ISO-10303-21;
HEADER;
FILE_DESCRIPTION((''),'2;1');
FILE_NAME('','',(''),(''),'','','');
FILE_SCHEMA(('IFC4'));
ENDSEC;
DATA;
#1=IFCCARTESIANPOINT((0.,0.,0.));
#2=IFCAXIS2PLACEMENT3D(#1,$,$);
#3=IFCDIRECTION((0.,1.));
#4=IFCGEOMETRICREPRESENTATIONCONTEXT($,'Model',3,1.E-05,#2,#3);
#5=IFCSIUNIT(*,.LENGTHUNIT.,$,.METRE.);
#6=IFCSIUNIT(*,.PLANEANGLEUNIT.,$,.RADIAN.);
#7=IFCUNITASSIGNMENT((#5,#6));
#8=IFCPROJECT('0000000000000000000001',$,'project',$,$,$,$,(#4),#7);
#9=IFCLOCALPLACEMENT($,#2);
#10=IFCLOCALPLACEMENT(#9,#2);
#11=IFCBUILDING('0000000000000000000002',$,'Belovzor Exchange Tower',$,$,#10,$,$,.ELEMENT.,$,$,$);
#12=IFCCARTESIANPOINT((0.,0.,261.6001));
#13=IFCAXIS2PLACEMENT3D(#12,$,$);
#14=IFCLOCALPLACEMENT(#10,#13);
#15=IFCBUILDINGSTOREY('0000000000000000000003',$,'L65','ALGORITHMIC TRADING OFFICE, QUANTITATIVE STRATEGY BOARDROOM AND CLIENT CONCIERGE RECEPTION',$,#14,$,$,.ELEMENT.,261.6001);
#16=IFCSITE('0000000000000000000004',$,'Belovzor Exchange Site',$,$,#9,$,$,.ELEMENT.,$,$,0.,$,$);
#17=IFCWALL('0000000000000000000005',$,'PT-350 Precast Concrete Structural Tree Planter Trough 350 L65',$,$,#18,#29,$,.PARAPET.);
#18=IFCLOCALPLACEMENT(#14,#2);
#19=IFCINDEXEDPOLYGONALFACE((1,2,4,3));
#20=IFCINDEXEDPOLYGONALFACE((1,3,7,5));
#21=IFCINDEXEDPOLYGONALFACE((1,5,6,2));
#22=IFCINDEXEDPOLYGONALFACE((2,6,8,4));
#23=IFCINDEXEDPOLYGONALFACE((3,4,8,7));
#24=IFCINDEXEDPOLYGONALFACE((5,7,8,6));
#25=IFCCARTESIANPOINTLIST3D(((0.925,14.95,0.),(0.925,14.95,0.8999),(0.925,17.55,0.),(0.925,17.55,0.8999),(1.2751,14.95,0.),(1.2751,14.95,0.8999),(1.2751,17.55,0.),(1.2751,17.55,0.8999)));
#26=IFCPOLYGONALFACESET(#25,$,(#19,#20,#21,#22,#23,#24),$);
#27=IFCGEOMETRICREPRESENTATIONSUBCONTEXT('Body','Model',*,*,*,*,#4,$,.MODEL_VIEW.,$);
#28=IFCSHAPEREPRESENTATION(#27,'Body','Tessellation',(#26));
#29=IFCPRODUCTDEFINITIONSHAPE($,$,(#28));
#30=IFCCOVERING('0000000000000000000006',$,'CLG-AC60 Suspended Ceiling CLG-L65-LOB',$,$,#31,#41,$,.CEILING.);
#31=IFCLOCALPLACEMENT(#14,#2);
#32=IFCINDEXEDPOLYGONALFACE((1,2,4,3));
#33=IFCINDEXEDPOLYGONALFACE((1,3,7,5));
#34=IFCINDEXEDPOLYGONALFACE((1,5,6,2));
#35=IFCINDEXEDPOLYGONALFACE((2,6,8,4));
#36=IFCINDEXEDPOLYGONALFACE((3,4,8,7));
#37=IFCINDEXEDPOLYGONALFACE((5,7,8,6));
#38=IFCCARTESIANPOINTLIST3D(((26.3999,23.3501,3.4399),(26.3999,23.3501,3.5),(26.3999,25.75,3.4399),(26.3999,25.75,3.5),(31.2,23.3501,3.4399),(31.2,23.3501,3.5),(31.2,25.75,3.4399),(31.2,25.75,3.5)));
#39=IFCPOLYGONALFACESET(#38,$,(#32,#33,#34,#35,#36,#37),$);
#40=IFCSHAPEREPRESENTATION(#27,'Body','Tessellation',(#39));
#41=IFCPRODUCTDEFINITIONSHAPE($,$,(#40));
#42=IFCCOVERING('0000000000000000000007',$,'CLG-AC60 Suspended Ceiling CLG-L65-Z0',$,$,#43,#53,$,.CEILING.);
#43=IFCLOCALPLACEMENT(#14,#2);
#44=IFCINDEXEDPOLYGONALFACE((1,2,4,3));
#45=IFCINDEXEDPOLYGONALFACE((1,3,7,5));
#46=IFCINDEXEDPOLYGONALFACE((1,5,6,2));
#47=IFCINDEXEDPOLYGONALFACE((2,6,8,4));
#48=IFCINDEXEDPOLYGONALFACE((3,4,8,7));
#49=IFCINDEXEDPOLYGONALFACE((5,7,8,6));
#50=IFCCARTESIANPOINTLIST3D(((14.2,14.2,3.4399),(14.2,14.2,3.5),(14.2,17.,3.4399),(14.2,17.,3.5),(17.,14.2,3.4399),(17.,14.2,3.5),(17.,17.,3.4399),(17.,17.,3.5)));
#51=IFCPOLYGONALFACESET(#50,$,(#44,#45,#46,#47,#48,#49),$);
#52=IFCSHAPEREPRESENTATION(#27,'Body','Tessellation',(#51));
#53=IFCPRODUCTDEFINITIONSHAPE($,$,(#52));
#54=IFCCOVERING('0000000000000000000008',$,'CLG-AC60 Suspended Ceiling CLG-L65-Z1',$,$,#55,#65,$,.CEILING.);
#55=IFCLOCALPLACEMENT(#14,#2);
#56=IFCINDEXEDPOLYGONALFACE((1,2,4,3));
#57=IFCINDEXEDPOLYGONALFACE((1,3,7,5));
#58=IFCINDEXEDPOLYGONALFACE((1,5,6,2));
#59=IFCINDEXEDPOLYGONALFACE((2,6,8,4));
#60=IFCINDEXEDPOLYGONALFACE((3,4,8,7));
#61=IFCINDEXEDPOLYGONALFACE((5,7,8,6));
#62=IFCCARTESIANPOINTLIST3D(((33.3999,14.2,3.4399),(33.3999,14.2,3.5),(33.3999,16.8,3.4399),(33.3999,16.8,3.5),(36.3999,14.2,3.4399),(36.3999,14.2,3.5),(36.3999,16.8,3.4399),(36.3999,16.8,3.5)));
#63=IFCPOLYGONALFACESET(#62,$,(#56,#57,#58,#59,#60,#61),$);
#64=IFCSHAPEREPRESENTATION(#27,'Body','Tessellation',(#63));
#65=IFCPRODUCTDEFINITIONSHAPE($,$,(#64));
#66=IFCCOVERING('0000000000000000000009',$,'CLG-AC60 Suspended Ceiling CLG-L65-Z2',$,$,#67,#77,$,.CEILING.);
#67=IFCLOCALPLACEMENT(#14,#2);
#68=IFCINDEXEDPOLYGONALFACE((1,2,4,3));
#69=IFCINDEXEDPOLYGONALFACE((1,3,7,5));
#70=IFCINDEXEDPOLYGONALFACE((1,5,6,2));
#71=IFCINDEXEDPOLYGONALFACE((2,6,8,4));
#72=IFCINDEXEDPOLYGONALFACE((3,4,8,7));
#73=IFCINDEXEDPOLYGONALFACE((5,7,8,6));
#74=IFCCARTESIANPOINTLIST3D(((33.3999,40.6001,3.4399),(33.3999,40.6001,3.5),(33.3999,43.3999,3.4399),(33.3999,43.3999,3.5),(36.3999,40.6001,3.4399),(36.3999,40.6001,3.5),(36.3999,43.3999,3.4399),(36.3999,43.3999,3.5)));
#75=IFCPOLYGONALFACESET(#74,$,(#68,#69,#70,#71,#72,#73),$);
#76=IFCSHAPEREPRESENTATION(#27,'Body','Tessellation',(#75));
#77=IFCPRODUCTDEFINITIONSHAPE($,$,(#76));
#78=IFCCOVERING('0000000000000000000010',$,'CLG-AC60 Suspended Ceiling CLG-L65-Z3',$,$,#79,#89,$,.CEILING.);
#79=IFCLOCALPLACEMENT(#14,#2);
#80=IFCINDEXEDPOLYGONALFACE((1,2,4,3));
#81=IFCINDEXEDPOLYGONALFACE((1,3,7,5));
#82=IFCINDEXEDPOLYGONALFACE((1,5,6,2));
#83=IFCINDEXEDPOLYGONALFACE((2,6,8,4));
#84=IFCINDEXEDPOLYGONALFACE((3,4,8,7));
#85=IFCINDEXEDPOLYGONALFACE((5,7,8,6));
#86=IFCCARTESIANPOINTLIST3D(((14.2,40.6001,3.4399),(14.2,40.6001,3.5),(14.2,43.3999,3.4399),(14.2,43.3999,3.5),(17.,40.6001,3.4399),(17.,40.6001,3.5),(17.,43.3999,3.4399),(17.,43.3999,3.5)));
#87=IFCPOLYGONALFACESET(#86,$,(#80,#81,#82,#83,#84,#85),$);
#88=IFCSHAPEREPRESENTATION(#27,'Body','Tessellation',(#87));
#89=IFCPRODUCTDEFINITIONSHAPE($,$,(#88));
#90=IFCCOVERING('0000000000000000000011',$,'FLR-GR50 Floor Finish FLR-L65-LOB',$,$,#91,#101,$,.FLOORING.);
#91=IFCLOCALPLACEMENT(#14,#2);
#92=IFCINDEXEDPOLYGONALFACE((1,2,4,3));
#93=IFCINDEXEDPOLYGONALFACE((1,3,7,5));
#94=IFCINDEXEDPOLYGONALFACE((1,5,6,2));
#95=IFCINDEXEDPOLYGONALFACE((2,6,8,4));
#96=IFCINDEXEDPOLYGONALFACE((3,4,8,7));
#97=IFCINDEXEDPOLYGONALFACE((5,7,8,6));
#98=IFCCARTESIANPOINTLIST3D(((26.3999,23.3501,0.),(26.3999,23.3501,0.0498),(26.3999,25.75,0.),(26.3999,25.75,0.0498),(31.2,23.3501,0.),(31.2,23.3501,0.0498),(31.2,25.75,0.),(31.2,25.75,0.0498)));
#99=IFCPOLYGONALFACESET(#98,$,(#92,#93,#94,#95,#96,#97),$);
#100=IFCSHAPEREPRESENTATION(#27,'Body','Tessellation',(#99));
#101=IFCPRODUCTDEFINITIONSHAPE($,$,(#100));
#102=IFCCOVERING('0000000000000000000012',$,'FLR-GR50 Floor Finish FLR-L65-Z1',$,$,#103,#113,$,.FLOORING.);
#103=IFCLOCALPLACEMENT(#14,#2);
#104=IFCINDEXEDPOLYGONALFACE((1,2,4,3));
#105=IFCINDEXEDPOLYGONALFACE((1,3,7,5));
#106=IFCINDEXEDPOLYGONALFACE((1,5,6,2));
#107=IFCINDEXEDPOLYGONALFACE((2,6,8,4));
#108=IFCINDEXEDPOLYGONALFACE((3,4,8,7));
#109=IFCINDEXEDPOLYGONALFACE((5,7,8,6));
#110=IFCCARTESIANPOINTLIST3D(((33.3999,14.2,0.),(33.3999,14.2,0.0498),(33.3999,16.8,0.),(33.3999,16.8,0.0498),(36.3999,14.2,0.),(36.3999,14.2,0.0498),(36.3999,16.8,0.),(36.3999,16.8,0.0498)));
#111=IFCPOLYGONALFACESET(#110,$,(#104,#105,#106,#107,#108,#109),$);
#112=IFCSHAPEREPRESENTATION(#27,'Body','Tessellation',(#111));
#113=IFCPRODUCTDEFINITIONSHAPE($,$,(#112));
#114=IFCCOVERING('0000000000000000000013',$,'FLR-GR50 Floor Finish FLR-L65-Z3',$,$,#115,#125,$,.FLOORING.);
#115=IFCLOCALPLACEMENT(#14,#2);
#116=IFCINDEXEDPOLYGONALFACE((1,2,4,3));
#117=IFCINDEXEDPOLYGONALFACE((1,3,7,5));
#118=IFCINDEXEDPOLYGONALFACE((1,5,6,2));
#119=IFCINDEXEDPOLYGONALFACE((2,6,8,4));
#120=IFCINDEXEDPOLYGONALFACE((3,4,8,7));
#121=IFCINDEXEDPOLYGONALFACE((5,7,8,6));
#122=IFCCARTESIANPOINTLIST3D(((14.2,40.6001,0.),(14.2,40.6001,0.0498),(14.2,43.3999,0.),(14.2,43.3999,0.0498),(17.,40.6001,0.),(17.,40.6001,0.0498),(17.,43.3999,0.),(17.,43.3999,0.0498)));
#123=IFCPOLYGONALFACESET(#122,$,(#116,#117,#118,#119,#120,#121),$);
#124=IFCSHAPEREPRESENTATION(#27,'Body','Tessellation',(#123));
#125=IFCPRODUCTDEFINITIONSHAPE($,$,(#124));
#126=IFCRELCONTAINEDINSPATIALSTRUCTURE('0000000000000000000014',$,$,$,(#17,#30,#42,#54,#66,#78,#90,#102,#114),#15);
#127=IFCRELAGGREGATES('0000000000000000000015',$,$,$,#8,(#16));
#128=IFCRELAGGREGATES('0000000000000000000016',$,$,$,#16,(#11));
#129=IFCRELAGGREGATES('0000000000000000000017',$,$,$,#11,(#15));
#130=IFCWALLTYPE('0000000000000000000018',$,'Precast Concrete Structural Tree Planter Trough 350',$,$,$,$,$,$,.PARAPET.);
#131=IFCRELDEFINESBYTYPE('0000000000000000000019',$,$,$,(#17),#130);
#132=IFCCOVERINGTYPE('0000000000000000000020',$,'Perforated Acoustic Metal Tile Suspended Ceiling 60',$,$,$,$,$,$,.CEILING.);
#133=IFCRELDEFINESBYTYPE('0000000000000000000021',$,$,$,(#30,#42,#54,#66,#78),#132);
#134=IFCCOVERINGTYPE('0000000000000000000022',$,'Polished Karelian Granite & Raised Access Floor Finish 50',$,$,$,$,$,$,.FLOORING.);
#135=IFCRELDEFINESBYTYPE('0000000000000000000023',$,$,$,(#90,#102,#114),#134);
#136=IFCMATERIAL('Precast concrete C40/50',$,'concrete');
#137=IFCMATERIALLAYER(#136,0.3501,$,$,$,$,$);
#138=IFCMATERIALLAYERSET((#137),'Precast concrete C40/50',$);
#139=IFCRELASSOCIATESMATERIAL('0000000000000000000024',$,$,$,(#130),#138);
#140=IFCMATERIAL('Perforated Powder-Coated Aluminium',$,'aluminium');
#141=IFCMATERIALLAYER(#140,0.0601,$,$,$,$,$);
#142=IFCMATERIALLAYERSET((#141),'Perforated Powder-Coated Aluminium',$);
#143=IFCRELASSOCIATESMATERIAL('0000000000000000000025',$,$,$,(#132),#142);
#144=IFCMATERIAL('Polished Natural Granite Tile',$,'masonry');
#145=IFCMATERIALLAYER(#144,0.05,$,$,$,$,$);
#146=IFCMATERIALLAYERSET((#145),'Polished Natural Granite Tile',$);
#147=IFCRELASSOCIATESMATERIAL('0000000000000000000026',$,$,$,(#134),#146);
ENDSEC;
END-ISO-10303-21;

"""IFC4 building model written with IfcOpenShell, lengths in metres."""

from ifc_helpers import new_model, si_unit, direction, frame, frame_2d, origin, place, context, subcontext, project, spatial, polyline, rectangle, outline, extrude, material, layer, layer_set, type_object, element, save


model = new_model("IFC4")

# Units and contexts
model_context = context("Model", 3, precision=1e-05, world=origin(), true_north=direction((0.0, 1.0)))
body_context = subcontext(model_context, "Body", "Model", "MODEL_VIEW")
ifc_project = project(units=[si_unit("LENGTHUNIT", "METRE"), si_unit("PLANEANGLEUNIT", "RADIAN")], contexts=[model_context])

# Site, building, storey
site_placement = place(None, origin())
site = spatial("IfcSite", under=ifc_project, at=site_placement, Name="Belovzor Exchange Site", CompositionType="ELEMENT", RefElevation=0.0)
building_placement = place(site_placement, origin())
building = spatial("IfcBuilding", under=site, at=building_placement, Name="Belovzor Exchange Tower", CompositionType="ELEMENT")
storey_placement = place(building_placement, frame((0.0, 0.0, 261.6001)))
storey = spatial("IfcBuildingStorey", under=building, at=storey_placement, Name="L65", Description="ALGORITHMIC TRADING OFFICE, QUANTITATIVE STRATEGY BOARDROOM AND CLIENT CONCIERGE RECEPTION", CompositionType="ELEMENT", Elevation=261.6001)

# Wall
ifc_material_1 = material(Name="Precast concrete C40/50", Category="concrete")
ifc_layer_1 = layer(ifc_material_1, 0.3501)
ifc_layer_set_1 = layer_set([ifc_layer_1], Name="Precast concrete C40/50")
wall_type_1 = type_object("IfcWallType", Name="Precast Concrete Structural Tree Planter Trough 350", PredefinedType="PARAPET", material=ifc_layer_set_1)
wall_1_placement = place(storey_placement, frame((1.1001, 14.95, 0.0), z_axis=(0.0, 0.0, 1.0), x_axis=(0.0, 1.0, 0.0)))
element("IfcWall", 1, at=wall_1_placement, inside=storey, type_object=wall_type_1, Name="PT-350 Precast Concrete Structural Tree Planter Trough 350 L65", PredefinedType="PARAPET", context=body_context, shape_type="SweptSolid", body=[
    extrude(rectangle(XDim=2.6001, YDim=0.3501, at=frame_2d((1.3, 0.0))), origin(), (0.0, 0.0, 1.0), 0.8999),
])

# Coverings
ifc_material_2 = material(Name="Perforated Powder-Coated Aluminium", Category="aluminium")
ifc_layer_2 = layer(ifc_material_2, 0.0601)
ifc_layer_set_2 = layer_set([ifc_layer_2], Name="Perforated Powder-Coated Aluminium")
covering_type_1 = type_object("IfcCoveringType", Name="Perforated Acoustic Metal Tile Suspended Ceiling 60", PredefinedType="CEILING", material=ifc_layer_set_2)
covering_1_placement = place(storey_placement, frame((0.0, 0.0, 3.4399)))
element("IfcCovering", 2, at=covering_1_placement, inside=storey, type_object=covering_type_1, Name="CLG-AC60 Suspended Ceiling CLG-L65-LOB", PredefinedType="CEILING", context=body_context, shape_type="SweptSolid", body=[
    extrude(outline(polyline([(26.3999, 23.3501), (31.2, 23.3501), (31.2, 25.75), (26.3999, 25.75), (26.3999, 23.3501)])), origin(), (0.0, 0.0, 1.0), 0.0601),
])
covering_2_placement = place(storey_placement, frame((0.0, 0.0, 3.4399)))
element("IfcCovering", 3, at=covering_2_placement, inside=storey, type_object=covering_type_1, Name="CLG-AC60 Suspended Ceiling CLG-L65-Z0", PredefinedType="CEILING", context=body_context, shape_type="SweptSolid", body=[
    extrude(outline(polyline([(14.2, 14.2), (17.0, 14.2), (17.0, 17.0), (14.2, 17.0), (14.2, 14.2)])), origin(), (0.0, 0.0, 1.0), 0.0601),
])
covering_3_placement = place(storey_placement, frame((0.0, 0.0, 3.4399)))
element("IfcCovering", 4, at=covering_3_placement, inside=storey, type_object=covering_type_1, Name="CLG-AC60 Suspended Ceiling CLG-L65-Z1", PredefinedType="CEILING", context=body_context, shape_type="SweptSolid", body=[
    extrude(outline(polyline([(33.3999, 14.2), (36.3999, 14.2), (36.3999, 16.8), (33.3999, 16.8), (33.3999, 14.2)])), origin(), (0.0, 0.0, 1.0), 0.0601),
])
covering_4_placement = place(storey_placement, frame((0.0, 0.0, 3.4399)))
element("IfcCovering", 5, at=covering_4_placement, inside=storey, type_object=covering_type_1, Name="CLG-AC60 Suspended Ceiling CLG-L65-Z2", PredefinedType="CEILING", context=body_context, shape_type="SweptSolid", body=[
    extrude(outline(polyline([(33.3999, 40.6001), (36.3999, 40.6001), (36.3999, 43.3999), (33.3999, 43.3999), (33.3999, 40.6001)])), origin(), (0.0, 0.0, 1.0), 0.0601),
])
covering_5_placement = place(storey_placement, frame((0.0, 0.0, 3.4399)))
element("IfcCovering", 6, at=covering_5_placement, inside=storey, type_object=covering_type_1, Name="CLG-AC60 Suspended Ceiling CLG-L65-Z3", PredefinedType="CEILING", context=body_context, shape_type="SweptSolid", body=[
    extrude(outline(polyline([(14.2, 40.6001), (17.0, 40.6001), (17.0, 43.3999), (14.2, 43.3999), (14.2, 40.6001)])), origin(), (0.0, 0.0, 1.0), 0.0601),
])
ifc_material_3 = material(Name="Polished Natural Granite Tile", Category="masonry")
ifc_layer_3 = layer(ifc_material_3, 0.05)
ifc_layer_set_3 = layer_set([ifc_layer_3], Name="Polished Natural Granite Tile")
covering_type_2 = type_object("IfcCoveringType", Name="Polished Karelian Granite & Raised Access Floor Finish 50", PredefinedType="FLOORING", material=ifc_layer_set_3)
covering_6_placement = place(storey_placement, origin())
element("IfcCovering", 7, at=covering_6_placement, inside=storey, type_object=covering_type_2, Name="FLR-GR50 Floor Finish FLR-L65-LOB", PredefinedType="FLOORING", context=body_context, shape_type="SweptSolid", body=[
    extrude(outline(polyline([(26.3999, 23.3501), (31.2, 23.3501), (31.2, 25.75), (26.3999, 25.75), (26.3999, 23.3501)])), origin(), (0.0, 0.0, 1.0), 0.0498),
])
covering_7_placement = place(storey_placement, origin())
element("IfcCovering", 8, at=covering_7_placement, inside=storey, type_object=covering_type_2, Name="FLR-GR50 Floor Finish FLR-L65-Z1", PredefinedType="FLOORING", context=body_context, shape_type="SweptSolid", body=[
    extrude(outline(polyline([(33.3999, 14.2), (36.3999, 14.2), (36.3999, 16.8), (33.3999, 16.8), (33.3999, 14.2)])), origin(), (0.0, 0.0, 1.0), 0.0498),
])
covering_8_placement = place(storey_placement, origin())
element("IfcCovering", 9, at=covering_8_placement, inside=storey, type_object=covering_type_2, Name="FLR-GR50 Floor Finish FLR-L65-Z3", PredefinedType="FLOORING", context=body_context, shape_type="SweptSolid", body=[
    extrude(outline(polyline([(14.2, 40.6001), (17.0, 40.6001), (17.0, 43.3999), (14.2, 43.3999), (14.2, 40.6001)])), origin(), (0.0, 0.0, 1.0), 0.0498),
])

save(model, "model.ifc")
